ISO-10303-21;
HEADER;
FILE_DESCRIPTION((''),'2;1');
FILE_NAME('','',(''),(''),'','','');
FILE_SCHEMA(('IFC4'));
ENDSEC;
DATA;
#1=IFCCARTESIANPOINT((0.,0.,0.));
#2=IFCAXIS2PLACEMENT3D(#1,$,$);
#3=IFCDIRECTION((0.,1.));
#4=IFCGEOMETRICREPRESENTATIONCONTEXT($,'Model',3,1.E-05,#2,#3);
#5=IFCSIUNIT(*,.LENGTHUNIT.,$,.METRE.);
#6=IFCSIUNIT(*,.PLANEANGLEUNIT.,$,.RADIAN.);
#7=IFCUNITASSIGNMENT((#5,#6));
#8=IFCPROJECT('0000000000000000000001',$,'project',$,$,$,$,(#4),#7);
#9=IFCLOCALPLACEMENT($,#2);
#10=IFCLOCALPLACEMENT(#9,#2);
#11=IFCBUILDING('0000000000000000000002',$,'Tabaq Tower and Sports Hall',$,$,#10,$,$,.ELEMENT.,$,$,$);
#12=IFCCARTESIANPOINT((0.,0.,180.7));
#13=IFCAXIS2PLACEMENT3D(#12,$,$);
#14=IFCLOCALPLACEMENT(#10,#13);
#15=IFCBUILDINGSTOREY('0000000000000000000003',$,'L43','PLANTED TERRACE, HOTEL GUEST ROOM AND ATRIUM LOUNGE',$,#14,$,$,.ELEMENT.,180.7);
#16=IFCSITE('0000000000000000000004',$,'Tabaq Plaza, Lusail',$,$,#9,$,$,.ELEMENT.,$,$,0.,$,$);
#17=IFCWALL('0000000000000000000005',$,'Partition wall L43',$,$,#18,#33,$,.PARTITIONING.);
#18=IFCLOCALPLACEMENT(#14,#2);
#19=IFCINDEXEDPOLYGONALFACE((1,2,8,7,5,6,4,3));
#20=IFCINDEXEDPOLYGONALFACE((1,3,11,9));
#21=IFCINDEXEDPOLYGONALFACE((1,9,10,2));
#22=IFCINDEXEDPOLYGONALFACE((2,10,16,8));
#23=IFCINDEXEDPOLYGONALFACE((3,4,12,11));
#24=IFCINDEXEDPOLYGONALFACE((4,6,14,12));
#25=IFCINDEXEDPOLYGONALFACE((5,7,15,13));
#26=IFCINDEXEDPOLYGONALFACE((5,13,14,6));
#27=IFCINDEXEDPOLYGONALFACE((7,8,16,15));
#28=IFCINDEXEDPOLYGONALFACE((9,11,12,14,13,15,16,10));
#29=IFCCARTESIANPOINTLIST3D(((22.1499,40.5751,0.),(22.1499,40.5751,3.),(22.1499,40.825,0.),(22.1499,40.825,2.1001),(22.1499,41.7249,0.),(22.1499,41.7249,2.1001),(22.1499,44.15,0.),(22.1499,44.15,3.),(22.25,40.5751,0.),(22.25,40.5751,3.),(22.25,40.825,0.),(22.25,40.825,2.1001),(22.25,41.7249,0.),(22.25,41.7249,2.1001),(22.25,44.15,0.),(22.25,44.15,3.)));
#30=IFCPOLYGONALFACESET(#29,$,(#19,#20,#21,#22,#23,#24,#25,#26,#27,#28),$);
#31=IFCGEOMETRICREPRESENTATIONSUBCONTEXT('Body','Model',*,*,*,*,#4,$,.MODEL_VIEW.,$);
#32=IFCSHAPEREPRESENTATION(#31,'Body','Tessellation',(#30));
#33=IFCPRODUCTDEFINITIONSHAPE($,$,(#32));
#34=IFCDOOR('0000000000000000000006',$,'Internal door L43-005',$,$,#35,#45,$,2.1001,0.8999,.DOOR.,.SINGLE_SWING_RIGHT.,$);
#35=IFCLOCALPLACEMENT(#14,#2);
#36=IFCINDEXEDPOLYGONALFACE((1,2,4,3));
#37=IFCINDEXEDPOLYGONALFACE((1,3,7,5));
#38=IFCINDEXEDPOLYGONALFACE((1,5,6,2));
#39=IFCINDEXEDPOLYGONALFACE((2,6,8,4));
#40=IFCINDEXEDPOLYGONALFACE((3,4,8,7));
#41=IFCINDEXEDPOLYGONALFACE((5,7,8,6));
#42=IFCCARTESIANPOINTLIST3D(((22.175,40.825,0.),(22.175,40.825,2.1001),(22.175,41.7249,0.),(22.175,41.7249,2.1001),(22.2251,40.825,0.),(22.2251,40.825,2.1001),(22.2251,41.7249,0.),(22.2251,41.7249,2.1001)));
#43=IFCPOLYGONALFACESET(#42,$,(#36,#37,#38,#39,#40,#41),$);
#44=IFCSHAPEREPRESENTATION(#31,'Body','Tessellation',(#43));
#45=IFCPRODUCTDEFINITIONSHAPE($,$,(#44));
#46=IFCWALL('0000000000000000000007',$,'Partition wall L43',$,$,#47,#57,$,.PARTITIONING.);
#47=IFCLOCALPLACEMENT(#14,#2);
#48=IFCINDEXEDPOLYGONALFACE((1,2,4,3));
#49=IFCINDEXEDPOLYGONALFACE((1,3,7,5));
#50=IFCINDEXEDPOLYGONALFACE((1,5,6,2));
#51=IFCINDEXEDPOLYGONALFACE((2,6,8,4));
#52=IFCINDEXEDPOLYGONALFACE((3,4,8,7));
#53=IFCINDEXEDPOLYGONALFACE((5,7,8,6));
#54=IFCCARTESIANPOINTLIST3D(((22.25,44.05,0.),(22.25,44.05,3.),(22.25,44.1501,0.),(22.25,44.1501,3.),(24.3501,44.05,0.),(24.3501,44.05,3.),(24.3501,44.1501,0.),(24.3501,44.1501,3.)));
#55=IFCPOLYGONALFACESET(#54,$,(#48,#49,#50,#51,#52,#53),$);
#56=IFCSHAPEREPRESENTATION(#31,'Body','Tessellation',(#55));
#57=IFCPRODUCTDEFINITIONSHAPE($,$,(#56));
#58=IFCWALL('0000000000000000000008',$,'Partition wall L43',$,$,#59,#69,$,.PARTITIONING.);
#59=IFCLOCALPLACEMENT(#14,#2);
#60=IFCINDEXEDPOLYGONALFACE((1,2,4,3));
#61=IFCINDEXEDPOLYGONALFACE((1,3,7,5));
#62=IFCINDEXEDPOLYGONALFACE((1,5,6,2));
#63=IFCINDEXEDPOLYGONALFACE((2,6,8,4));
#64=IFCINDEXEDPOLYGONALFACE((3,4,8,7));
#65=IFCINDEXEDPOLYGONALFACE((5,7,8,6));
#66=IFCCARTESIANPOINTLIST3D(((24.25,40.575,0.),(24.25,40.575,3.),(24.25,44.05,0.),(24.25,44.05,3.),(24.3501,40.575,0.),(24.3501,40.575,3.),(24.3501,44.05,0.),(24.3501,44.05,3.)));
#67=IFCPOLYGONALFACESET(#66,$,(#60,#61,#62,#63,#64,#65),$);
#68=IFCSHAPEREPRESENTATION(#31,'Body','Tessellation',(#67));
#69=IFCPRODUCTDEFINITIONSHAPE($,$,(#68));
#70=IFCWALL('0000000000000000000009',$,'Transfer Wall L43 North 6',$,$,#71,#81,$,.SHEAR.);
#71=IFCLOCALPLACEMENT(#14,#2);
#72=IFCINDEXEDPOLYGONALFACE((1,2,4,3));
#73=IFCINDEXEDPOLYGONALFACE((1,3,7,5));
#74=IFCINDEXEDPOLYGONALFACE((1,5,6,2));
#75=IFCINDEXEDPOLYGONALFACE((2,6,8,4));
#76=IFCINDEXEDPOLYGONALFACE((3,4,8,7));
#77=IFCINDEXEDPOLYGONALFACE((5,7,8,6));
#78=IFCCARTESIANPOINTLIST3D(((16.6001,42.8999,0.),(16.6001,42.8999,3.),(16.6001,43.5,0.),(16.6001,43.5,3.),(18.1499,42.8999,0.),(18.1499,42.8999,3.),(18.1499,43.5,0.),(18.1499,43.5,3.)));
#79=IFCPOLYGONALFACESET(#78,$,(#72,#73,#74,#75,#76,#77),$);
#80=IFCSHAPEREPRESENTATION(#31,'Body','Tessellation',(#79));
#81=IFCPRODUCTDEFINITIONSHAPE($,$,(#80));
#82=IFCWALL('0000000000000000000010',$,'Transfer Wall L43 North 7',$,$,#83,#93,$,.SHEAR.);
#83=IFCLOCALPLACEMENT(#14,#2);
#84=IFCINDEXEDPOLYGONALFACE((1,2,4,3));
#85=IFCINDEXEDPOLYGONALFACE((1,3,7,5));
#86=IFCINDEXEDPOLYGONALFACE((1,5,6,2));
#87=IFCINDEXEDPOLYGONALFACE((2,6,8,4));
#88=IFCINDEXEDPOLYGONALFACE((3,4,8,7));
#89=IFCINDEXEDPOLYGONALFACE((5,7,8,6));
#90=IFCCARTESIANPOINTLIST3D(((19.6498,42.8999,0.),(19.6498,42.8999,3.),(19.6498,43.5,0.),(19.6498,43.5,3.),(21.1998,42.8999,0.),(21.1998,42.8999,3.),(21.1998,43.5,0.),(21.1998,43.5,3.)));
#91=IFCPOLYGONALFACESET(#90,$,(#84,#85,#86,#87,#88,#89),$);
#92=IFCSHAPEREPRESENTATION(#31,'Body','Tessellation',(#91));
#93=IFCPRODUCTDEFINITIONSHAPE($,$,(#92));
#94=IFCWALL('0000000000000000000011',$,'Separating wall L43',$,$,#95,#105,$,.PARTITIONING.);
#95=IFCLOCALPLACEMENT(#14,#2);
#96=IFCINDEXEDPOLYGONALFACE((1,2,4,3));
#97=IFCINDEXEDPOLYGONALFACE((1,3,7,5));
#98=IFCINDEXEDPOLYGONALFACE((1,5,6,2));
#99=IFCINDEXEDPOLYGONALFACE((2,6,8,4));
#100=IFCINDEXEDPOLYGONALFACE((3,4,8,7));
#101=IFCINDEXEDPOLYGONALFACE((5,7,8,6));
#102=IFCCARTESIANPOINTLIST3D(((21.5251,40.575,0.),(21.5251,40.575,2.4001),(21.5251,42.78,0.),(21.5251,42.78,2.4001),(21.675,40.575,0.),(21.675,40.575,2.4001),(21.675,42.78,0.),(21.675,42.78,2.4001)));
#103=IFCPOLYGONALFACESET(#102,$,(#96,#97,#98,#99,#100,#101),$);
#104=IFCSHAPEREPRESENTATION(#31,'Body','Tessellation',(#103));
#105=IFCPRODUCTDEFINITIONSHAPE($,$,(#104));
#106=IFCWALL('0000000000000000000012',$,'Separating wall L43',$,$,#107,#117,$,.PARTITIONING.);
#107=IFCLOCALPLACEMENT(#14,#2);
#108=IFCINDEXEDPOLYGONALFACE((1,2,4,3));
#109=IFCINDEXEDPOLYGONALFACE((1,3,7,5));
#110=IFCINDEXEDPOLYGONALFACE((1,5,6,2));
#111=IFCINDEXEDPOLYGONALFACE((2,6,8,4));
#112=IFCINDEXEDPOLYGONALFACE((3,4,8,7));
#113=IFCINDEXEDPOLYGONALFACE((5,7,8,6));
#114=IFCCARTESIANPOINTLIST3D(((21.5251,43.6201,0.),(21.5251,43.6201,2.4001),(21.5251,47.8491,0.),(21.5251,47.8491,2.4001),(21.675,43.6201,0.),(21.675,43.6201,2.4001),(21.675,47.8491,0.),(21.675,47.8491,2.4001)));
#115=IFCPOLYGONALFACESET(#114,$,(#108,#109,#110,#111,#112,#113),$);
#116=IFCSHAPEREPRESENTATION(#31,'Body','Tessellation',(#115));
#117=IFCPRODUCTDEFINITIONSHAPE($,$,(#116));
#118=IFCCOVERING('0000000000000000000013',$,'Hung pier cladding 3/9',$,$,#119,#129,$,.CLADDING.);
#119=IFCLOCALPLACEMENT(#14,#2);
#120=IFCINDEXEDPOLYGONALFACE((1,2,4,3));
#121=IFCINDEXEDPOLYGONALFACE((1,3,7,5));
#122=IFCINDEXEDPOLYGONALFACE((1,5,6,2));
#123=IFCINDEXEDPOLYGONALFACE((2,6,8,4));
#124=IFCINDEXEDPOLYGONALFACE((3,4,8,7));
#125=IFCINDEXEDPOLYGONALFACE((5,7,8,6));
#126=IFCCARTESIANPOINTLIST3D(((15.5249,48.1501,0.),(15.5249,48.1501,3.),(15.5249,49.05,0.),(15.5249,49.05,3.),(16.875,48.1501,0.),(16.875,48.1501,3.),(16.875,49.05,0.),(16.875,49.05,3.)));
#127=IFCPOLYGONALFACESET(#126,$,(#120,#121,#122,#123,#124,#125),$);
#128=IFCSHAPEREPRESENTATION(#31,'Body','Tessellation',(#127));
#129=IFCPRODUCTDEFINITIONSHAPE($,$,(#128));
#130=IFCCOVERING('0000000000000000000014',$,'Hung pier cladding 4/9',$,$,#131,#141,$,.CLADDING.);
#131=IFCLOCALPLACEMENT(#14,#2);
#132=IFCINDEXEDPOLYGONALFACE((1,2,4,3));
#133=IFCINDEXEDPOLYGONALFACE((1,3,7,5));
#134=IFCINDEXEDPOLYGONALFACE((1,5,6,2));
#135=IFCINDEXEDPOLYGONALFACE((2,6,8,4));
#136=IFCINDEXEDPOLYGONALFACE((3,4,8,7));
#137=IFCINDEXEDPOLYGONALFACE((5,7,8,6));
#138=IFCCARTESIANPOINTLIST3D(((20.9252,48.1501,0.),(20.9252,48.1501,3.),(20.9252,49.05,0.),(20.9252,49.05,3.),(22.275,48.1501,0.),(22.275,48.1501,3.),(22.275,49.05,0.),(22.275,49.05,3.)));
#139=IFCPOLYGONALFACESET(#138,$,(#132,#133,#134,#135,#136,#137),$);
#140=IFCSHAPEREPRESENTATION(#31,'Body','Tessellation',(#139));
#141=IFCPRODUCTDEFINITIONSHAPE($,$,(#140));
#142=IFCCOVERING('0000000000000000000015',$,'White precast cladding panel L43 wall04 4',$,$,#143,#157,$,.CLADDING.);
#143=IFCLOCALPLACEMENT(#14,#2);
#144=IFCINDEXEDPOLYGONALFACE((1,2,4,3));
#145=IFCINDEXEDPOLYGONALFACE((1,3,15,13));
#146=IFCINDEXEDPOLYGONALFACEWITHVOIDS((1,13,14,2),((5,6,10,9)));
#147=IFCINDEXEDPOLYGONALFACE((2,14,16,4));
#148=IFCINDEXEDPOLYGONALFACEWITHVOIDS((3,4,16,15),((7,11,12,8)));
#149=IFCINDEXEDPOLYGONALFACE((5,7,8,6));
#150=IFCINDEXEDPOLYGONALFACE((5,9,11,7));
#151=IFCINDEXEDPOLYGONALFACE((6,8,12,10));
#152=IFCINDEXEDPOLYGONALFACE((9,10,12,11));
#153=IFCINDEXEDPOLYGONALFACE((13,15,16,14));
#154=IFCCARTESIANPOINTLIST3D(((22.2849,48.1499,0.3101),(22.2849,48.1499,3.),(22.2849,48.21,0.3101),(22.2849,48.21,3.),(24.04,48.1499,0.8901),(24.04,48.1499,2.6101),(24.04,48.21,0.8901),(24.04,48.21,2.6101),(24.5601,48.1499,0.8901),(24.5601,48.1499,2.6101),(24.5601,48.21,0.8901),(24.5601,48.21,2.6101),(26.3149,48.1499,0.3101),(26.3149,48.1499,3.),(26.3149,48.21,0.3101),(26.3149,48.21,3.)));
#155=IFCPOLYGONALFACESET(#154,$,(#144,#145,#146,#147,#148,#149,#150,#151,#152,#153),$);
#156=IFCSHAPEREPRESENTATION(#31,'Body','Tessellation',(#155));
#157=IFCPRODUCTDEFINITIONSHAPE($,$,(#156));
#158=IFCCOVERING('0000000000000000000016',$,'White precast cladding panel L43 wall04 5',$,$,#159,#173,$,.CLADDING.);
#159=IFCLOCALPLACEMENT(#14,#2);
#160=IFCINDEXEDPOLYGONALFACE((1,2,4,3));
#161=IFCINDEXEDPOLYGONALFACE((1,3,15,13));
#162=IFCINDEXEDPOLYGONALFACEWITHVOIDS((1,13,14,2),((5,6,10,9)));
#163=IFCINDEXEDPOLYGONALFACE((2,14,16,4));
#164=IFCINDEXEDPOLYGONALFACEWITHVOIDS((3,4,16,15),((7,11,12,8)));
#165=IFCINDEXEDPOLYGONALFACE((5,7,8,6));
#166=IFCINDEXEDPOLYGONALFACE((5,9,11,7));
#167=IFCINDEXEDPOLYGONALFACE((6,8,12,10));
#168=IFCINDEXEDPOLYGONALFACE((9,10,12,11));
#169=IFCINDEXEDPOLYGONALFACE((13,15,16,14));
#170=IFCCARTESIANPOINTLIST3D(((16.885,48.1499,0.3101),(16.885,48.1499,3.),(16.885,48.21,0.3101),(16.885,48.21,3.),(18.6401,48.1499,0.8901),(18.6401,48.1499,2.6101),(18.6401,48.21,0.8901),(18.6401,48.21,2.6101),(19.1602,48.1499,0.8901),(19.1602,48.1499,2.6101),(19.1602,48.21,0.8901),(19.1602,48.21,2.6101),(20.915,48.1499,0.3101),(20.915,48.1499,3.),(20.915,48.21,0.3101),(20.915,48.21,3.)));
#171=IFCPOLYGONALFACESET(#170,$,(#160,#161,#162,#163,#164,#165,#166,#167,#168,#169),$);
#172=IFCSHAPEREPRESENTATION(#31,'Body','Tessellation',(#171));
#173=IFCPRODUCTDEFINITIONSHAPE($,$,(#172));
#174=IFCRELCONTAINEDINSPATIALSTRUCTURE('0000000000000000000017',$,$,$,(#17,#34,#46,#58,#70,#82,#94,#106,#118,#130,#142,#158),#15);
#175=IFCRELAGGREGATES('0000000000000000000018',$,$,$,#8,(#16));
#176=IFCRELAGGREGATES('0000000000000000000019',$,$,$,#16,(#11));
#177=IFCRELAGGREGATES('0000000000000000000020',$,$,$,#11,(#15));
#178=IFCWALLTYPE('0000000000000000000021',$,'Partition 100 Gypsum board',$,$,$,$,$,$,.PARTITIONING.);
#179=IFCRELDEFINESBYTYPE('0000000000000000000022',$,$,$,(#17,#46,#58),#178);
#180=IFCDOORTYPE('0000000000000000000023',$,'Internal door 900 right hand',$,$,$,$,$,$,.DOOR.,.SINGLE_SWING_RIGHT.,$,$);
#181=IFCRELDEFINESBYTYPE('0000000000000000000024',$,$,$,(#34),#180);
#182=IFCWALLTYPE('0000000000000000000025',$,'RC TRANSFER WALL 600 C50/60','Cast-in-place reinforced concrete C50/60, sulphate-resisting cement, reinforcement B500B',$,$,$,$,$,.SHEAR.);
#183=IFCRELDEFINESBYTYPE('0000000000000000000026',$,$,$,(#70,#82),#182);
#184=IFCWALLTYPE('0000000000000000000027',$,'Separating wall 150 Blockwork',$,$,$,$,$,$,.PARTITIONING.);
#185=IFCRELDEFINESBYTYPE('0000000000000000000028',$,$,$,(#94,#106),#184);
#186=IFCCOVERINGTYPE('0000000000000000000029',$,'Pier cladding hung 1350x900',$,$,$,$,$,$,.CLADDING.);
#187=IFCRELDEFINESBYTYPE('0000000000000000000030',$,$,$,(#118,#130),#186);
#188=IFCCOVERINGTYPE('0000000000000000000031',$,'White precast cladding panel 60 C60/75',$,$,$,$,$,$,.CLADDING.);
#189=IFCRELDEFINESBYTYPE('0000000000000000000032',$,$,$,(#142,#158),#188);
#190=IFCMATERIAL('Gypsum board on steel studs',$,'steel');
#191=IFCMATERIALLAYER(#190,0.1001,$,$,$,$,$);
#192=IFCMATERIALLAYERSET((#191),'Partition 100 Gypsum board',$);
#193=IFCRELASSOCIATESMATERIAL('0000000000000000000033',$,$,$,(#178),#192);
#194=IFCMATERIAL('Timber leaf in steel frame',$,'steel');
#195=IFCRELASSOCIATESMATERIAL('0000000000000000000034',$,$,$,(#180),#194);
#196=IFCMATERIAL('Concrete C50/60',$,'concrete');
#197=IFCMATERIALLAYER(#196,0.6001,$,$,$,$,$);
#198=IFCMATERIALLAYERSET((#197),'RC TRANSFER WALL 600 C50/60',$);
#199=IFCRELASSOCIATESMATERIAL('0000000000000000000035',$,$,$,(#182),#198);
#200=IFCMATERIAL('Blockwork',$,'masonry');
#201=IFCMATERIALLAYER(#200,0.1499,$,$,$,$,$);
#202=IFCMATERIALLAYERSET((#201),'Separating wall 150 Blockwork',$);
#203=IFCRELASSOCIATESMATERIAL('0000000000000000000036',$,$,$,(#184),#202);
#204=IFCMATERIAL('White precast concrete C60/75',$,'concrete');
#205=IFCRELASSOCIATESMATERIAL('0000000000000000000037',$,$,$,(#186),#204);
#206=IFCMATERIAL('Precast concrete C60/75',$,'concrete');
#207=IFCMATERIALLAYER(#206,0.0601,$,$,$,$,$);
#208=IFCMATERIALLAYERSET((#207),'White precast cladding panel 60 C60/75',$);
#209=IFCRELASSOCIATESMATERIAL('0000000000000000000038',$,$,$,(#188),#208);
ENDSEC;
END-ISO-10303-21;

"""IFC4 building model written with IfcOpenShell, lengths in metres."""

from ifc_helpers import new_model, si_unit, direction, frame, frame_2d, origin, place, context, subcontext, project, spatial, polyline, rectangle, outline, extrude, material, layer, layer_set, type_object, element, fill, save


model = new_model("IFC4")

# Units and contexts
model_context = context("Model", 3, precision=1e-05, world=origin(), true_north=direction((0.0, 1.0)))
body_context = subcontext(model_context, "Body", "Model", "MODEL_VIEW")
ifc_project = project(units=[si_unit("LENGTHUNIT", "METRE"), si_unit("PLANEANGLEUNIT", "RADIAN")], contexts=[model_context])

# Site, building, storey
site_placement = place(None, origin())
site = spatial("IfcSite", under=ifc_project, at=site_placement, Name="Tabaq Plaza, Lusail", CompositionType="ELEMENT", RefElevation=0.0)
building_placement = place(site_placement, origin())
building = spatial("IfcBuilding", under=site, at=building_placement, Name="Tabaq Tower and Sports Hall", CompositionType="ELEMENT")
storey_placement = place(building_placement, frame((0.0, 0.0, 180.7)))
storey = spatial("IfcBuildingStorey", under=building, at=storey_placement, Name="L43", Description="PLANTED TERRACE, HOTEL GUEST ROOM AND ATRIUM LOUNGE", CompositionType="ELEMENT", Elevation=180.7)

# Shared definitions
ifc_material_1 = material(Name="Gypsum board on steel studs", Category="steel")
ifc_layer_1 = layer(ifc_material_1, 0.1001)
ifc_layer_set_1 = layer_set([ifc_layer_1], Name="Partition 100 Gypsum board")
wall_type_1 = type_object("IfcWallType", Name="Partition 100 Gypsum board", PredefinedType="PARTITIONING", material=ifc_layer_set_1)
ifc_material_2 = material(Name="Timber leaf in steel frame", Category="steel")
door_type = type_object("IfcDoorType", Name="Internal door 900 right hand", OperationType="SINGLE_SWING_RIGHT", PredefinedType="DOOR", material=ifc_material_2)

# Wall, opening, door
wall_1_placement = place(storey_placement, frame((22.2, 40.575, 0.0), z_axis=(0.0, 0.0, 1.0), x_axis=(0.0, 1.0, 0.0)))
wall_1 = element("IfcWall", 1, at=wall_1_placement, inside=storey, type_object=wall_type_1, Name="Partition wall L43", PredefinedType="PARTITIONING", context=body_context, shape_type="SweptSolid", body=[
    extrude(rectangle(XDim=3.575, YDim=0.1001, at=frame_2d((1.7876, 0.0))), origin(), (0.0, 0.0, 1.0), 3.0),
])
opening_1_placement = place(wall_1_placement, frame((0.25, 0.0, 0.0)))
opening_1 = element("IfcOpeningElement", 2, at=opening_1_placement, cuts=wall_1, PredefinedType="OPENING", context=body_context, shape_type="SweptSolid", body=[
    extrude(rectangle(XDim=0.8999, YDim=2.1001, at=frame_2d((0.45, 1.05))), frame((0.0, 0.05, 0.0), z_axis=(0.0, -1.0, 0.0), x_axis=(1.0, 0.0, 0.0)), (0.0, 0.0, 1.0), 0.1001),
])
door_1_placement = place(opening_1_placement, origin())
door_1 = element("IfcDoor", 3, at=door_1_placement, inside=storey, type_object=door_type, Name="Internal door L43-005", OperationType="SINGLE_SWING_RIGHT", OverallHeight=2.1001, OverallWidth=0.8999, PredefinedType="DOOR", context=body_context, shape_type="SweptSolid", body=[
    extrude(rectangle(XDim=0.8999, YDim=2.1001, at=frame_2d((0.45, 1.05))), frame((0.0, 0.0249, 0.0), z_axis=(0.0, -1.0, 0.0), x_axis=(1.0, 0.0, 0.0)), (0.0, 0.0, 1.0), 0.05),
])
fill(opening_1, door_1)

# Walls
wall_2_placement = place(storey_placement, frame((22.25, 44.1001, 0.0), z_axis=(0.0, 0.0, 1.0), x_axis=(1.0, 0.0, 0.0)))
element("IfcWall", 4, at=wall_2_placement, inside=storey, type_object=wall_type_1, Name="Partition wall L43", PredefinedType="PARTITIONING", context=body_context, shape_type="SweptSolid", body=[
    extrude(rectangle(XDim=2.1001, YDim=0.1001, at=frame_2d((1.05, 0.0))), origin(), (0.0, 0.0, 1.0), 3.0),
])
wall_3_placement = place(storey_placement, frame((24.3, 44.05, 0.0), z_axis=(0.0, 0.0, 1.0), x_axis=(0.0, -1.0, 0.0)))
element("IfcWall", 5, at=wall_3_placement, inside=storey, type_object=wall_type_1, Name="Partition wall L43", PredefinedType="PARTITIONING", context=body_context, shape_type="SweptSolid", body=[
    extrude(rectangle(XDim=3.4751, YDim=0.1001, at=frame_2d((1.7375, 0.0))), origin(), (0.0, 0.0, 1.0), 3.0),
])
ifc_material_3 = material(Name="Concrete C50/60", Category="concrete")
ifc_layer_2 = layer(ifc_material_3, 0.6001)
ifc_layer_set_2 = layer_set([ifc_layer_2], Name="RC TRANSFER WALL 600 C50/60")
wall_type_2 = type_object("IfcWallType", Name="RC TRANSFER WALL 600 C50/60", Description="Cast-in-place reinforced concrete C50/60, sulphate-resisting cement, reinforcement B500B", PredefinedType="SHEAR", material=ifc_layer_set_2)
wall_4_placement = place(storey_placement, frame((16.6001, 43.2, 0.0), z_axis=(0.0, 0.0, 1.0), x_axis=(1.0, 0.0, 0.0)))
element("IfcWall", 6, at=wall_4_placement, inside=storey, type_object=wall_type_2, Name="Transfer Wall L43 North 6", PredefinedType="SHEAR", context=body_context, shape_type="SweptSolid", body=[
    extrude(rectangle(XDim=1.5498, YDim=0.6001, at=frame_2d((0.7749, 0.0))), origin(), (0.0, 0.0, 1.0), 3.0),
])
wall_5_placement = place(storey_placement, frame((19.6499, 43.2, 0.0), z_axis=(0.0, 0.0, 1.0), x_axis=(1.0, 0.0, 0.0)))
element("IfcWall", 7, at=wall_5_placement, inside=storey, type_object=wall_type_2, Name="Transfer Wall L43 North 7", PredefinedType="SHEAR", context=body_context, shape_type="SweptSolid", body=[
    extrude(rectangle(XDim=1.55, YDim=0.6001, at=frame_2d((0.7749, 0.0))), origin(), (0.0, 0.0, 1.0), 3.0),
])
ifc_material_4 = material(Name="Blockwork", Category="masonry")
ifc_layer_3 = layer(ifc_material_4, 0.1499)
ifc_layer_set_3 = layer_set([ifc_layer_3], Name="Separating wall 150 Blockwork")
wall_type_3 = type_object("IfcWallType", Name="Separating wall 150 Blockwork", PredefinedType="PARTITIONING", material=ifc_layer_set_3)
wall_6_placement = place(storey_placement, frame((21.6001, 40.575, 0.0), z_axis=(0.0, 0.0, 1.0), x_axis=(0.0, 1.0, 0.0)))
element("IfcWall", 8, at=wall_6_placement, inside=storey, type_object=wall_type_3, Name="Separating wall L43", PredefinedType="PARTITIONING", context=body_context, shape_type="SweptSolid", body=[
    extrude(rectangle(XDim=2.2051, YDim=0.1499, at=frame_2d((1.1025, 0.0))), origin(), (0.0, 0.0, 1.0), 2.4001),
])
wall_7_placement = place(storey_placement, frame((21.6001, 43.6201, 0.0), z_axis=(0.0, 0.0, 1.0), x_axis=(0.0, 1.0, 0.0)))
element("IfcWall", 9, at=wall_7_placement, inside=storey, type_object=wall_type_3, Name="Separating wall L43", PredefinedType="PARTITIONING", context=body_context, shape_type="SweptSolid", body=[
    extrude(rectangle(XDim=4.229, YDim=0.1499, at=frame_2d((2.1145, 0.0))), origin(), (0.0, 0.0, 1.0), 2.4001),
])

# Coverings
ifc_material_5 = material(Name="White precast concrete C60/75", Category="concrete")
covering_type_1 = type_object("IfcCoveringType", Name="Pier cladding hung 1350x900", PredefinedType="CLADDING", material=ifc_material_5)
covering_1_placement = place(storey_placement, frame((16.875, 48.6001, 0.0), z_axis=(0.0, 0.0, 1.0), x_axis=(-1.0, 0.0, 0.0)))
element("IfcCovering", 10, at=covering_1_placement, inside=storey, type_object=covering_type_1, Name="Hung pier cladding 3/9", PredefinedType="CLADDING", context=body_context, shape_type="SweptSolid", body=[
    extrude(rectangle(XDim=1.3501, YDim=0.8999, at=frame_2d((0.675, 0.0))), origin(), (0.0, 0.0, 1.0), 3.0),
])
covering_2_placement = place(storey_placement, frame((22.2749, 48.6001, 0.0), z_axis=(0.0, 0.0, 1.0), x_axis=(-1.0, 0.0, 0.0)))
element("IfcCovering", 11, at=covering_2_placement, inside=storey, type_object=covering_type_1, Name="Hung pier cladding 4/9", PredefinedType="CLADDING", context=body_context, shape_type="SweptSolid", body=[
    extrude(rectangle(XDim=1.3499, YDim=0.8999, at=frame_2d((0.6748, 0.0))), origin(), (0.0, 0.0, 1.0), 3.0),
])
ifc_material_6 = material(Name="Precast concrete C60/75", Category="concrete")
ifc_layer_4 = layer(ifc_material_6, 0.0601)
ifc_layer_set_4 = layer_set([ifc_layer_4], Name="White precast cladding panel 60 C60/75")
covering_type_2 = type_object("IfcCoveringType", Name="White precast cladding panel 60 C60/75", PredefinedType="CLADDING", material=ifc_layer_set_4)
for number, where, z_axis, x_axis, name in (
    (12, (26.3149, 48.1799, 0.3101), (0.0, 0.0, 1.0), (-1.0, 0.0, 0.0), "White precast cladding panel L43 wall04 4"),
    (13, (20.915, 48.1799, 0.3101), (0.0, 0.0, 1.0), (-1.0, 0.0, 0.0), "White precast cladding panel L43 wall04 5"),
):
    element("IfcCovering", number, at=place(storey_placement, frame(where, z_axis=z_axis, x_axis=x_axis)), inside=storey, type_object=covering_type_2, Name=name, PredefinedType="CLADDING", context=body_context, shape_type="SweptSolid", body=[
        extrude(outline(polyline([(0.0, 0.0), (4.03, 0.0), (4.03, 2.6899), (0.0, 2.6899), (0.0, 0.0)]), holes=[polyline([(1.7549, 0.5801), (1.7549, 2.3), (2.2749, 2.3), (2.2749, 0.5801), (1.7549, 0.5801)])]), frame((0.0, 0.03, 0.0), z_axis=(0.0, -1.0, 0.0), x_axis=(1.0, 0.0, 0.0)), (0.0, 0.0, 1.0), 0.0601),
    ])

save(model, "model.ifc")
